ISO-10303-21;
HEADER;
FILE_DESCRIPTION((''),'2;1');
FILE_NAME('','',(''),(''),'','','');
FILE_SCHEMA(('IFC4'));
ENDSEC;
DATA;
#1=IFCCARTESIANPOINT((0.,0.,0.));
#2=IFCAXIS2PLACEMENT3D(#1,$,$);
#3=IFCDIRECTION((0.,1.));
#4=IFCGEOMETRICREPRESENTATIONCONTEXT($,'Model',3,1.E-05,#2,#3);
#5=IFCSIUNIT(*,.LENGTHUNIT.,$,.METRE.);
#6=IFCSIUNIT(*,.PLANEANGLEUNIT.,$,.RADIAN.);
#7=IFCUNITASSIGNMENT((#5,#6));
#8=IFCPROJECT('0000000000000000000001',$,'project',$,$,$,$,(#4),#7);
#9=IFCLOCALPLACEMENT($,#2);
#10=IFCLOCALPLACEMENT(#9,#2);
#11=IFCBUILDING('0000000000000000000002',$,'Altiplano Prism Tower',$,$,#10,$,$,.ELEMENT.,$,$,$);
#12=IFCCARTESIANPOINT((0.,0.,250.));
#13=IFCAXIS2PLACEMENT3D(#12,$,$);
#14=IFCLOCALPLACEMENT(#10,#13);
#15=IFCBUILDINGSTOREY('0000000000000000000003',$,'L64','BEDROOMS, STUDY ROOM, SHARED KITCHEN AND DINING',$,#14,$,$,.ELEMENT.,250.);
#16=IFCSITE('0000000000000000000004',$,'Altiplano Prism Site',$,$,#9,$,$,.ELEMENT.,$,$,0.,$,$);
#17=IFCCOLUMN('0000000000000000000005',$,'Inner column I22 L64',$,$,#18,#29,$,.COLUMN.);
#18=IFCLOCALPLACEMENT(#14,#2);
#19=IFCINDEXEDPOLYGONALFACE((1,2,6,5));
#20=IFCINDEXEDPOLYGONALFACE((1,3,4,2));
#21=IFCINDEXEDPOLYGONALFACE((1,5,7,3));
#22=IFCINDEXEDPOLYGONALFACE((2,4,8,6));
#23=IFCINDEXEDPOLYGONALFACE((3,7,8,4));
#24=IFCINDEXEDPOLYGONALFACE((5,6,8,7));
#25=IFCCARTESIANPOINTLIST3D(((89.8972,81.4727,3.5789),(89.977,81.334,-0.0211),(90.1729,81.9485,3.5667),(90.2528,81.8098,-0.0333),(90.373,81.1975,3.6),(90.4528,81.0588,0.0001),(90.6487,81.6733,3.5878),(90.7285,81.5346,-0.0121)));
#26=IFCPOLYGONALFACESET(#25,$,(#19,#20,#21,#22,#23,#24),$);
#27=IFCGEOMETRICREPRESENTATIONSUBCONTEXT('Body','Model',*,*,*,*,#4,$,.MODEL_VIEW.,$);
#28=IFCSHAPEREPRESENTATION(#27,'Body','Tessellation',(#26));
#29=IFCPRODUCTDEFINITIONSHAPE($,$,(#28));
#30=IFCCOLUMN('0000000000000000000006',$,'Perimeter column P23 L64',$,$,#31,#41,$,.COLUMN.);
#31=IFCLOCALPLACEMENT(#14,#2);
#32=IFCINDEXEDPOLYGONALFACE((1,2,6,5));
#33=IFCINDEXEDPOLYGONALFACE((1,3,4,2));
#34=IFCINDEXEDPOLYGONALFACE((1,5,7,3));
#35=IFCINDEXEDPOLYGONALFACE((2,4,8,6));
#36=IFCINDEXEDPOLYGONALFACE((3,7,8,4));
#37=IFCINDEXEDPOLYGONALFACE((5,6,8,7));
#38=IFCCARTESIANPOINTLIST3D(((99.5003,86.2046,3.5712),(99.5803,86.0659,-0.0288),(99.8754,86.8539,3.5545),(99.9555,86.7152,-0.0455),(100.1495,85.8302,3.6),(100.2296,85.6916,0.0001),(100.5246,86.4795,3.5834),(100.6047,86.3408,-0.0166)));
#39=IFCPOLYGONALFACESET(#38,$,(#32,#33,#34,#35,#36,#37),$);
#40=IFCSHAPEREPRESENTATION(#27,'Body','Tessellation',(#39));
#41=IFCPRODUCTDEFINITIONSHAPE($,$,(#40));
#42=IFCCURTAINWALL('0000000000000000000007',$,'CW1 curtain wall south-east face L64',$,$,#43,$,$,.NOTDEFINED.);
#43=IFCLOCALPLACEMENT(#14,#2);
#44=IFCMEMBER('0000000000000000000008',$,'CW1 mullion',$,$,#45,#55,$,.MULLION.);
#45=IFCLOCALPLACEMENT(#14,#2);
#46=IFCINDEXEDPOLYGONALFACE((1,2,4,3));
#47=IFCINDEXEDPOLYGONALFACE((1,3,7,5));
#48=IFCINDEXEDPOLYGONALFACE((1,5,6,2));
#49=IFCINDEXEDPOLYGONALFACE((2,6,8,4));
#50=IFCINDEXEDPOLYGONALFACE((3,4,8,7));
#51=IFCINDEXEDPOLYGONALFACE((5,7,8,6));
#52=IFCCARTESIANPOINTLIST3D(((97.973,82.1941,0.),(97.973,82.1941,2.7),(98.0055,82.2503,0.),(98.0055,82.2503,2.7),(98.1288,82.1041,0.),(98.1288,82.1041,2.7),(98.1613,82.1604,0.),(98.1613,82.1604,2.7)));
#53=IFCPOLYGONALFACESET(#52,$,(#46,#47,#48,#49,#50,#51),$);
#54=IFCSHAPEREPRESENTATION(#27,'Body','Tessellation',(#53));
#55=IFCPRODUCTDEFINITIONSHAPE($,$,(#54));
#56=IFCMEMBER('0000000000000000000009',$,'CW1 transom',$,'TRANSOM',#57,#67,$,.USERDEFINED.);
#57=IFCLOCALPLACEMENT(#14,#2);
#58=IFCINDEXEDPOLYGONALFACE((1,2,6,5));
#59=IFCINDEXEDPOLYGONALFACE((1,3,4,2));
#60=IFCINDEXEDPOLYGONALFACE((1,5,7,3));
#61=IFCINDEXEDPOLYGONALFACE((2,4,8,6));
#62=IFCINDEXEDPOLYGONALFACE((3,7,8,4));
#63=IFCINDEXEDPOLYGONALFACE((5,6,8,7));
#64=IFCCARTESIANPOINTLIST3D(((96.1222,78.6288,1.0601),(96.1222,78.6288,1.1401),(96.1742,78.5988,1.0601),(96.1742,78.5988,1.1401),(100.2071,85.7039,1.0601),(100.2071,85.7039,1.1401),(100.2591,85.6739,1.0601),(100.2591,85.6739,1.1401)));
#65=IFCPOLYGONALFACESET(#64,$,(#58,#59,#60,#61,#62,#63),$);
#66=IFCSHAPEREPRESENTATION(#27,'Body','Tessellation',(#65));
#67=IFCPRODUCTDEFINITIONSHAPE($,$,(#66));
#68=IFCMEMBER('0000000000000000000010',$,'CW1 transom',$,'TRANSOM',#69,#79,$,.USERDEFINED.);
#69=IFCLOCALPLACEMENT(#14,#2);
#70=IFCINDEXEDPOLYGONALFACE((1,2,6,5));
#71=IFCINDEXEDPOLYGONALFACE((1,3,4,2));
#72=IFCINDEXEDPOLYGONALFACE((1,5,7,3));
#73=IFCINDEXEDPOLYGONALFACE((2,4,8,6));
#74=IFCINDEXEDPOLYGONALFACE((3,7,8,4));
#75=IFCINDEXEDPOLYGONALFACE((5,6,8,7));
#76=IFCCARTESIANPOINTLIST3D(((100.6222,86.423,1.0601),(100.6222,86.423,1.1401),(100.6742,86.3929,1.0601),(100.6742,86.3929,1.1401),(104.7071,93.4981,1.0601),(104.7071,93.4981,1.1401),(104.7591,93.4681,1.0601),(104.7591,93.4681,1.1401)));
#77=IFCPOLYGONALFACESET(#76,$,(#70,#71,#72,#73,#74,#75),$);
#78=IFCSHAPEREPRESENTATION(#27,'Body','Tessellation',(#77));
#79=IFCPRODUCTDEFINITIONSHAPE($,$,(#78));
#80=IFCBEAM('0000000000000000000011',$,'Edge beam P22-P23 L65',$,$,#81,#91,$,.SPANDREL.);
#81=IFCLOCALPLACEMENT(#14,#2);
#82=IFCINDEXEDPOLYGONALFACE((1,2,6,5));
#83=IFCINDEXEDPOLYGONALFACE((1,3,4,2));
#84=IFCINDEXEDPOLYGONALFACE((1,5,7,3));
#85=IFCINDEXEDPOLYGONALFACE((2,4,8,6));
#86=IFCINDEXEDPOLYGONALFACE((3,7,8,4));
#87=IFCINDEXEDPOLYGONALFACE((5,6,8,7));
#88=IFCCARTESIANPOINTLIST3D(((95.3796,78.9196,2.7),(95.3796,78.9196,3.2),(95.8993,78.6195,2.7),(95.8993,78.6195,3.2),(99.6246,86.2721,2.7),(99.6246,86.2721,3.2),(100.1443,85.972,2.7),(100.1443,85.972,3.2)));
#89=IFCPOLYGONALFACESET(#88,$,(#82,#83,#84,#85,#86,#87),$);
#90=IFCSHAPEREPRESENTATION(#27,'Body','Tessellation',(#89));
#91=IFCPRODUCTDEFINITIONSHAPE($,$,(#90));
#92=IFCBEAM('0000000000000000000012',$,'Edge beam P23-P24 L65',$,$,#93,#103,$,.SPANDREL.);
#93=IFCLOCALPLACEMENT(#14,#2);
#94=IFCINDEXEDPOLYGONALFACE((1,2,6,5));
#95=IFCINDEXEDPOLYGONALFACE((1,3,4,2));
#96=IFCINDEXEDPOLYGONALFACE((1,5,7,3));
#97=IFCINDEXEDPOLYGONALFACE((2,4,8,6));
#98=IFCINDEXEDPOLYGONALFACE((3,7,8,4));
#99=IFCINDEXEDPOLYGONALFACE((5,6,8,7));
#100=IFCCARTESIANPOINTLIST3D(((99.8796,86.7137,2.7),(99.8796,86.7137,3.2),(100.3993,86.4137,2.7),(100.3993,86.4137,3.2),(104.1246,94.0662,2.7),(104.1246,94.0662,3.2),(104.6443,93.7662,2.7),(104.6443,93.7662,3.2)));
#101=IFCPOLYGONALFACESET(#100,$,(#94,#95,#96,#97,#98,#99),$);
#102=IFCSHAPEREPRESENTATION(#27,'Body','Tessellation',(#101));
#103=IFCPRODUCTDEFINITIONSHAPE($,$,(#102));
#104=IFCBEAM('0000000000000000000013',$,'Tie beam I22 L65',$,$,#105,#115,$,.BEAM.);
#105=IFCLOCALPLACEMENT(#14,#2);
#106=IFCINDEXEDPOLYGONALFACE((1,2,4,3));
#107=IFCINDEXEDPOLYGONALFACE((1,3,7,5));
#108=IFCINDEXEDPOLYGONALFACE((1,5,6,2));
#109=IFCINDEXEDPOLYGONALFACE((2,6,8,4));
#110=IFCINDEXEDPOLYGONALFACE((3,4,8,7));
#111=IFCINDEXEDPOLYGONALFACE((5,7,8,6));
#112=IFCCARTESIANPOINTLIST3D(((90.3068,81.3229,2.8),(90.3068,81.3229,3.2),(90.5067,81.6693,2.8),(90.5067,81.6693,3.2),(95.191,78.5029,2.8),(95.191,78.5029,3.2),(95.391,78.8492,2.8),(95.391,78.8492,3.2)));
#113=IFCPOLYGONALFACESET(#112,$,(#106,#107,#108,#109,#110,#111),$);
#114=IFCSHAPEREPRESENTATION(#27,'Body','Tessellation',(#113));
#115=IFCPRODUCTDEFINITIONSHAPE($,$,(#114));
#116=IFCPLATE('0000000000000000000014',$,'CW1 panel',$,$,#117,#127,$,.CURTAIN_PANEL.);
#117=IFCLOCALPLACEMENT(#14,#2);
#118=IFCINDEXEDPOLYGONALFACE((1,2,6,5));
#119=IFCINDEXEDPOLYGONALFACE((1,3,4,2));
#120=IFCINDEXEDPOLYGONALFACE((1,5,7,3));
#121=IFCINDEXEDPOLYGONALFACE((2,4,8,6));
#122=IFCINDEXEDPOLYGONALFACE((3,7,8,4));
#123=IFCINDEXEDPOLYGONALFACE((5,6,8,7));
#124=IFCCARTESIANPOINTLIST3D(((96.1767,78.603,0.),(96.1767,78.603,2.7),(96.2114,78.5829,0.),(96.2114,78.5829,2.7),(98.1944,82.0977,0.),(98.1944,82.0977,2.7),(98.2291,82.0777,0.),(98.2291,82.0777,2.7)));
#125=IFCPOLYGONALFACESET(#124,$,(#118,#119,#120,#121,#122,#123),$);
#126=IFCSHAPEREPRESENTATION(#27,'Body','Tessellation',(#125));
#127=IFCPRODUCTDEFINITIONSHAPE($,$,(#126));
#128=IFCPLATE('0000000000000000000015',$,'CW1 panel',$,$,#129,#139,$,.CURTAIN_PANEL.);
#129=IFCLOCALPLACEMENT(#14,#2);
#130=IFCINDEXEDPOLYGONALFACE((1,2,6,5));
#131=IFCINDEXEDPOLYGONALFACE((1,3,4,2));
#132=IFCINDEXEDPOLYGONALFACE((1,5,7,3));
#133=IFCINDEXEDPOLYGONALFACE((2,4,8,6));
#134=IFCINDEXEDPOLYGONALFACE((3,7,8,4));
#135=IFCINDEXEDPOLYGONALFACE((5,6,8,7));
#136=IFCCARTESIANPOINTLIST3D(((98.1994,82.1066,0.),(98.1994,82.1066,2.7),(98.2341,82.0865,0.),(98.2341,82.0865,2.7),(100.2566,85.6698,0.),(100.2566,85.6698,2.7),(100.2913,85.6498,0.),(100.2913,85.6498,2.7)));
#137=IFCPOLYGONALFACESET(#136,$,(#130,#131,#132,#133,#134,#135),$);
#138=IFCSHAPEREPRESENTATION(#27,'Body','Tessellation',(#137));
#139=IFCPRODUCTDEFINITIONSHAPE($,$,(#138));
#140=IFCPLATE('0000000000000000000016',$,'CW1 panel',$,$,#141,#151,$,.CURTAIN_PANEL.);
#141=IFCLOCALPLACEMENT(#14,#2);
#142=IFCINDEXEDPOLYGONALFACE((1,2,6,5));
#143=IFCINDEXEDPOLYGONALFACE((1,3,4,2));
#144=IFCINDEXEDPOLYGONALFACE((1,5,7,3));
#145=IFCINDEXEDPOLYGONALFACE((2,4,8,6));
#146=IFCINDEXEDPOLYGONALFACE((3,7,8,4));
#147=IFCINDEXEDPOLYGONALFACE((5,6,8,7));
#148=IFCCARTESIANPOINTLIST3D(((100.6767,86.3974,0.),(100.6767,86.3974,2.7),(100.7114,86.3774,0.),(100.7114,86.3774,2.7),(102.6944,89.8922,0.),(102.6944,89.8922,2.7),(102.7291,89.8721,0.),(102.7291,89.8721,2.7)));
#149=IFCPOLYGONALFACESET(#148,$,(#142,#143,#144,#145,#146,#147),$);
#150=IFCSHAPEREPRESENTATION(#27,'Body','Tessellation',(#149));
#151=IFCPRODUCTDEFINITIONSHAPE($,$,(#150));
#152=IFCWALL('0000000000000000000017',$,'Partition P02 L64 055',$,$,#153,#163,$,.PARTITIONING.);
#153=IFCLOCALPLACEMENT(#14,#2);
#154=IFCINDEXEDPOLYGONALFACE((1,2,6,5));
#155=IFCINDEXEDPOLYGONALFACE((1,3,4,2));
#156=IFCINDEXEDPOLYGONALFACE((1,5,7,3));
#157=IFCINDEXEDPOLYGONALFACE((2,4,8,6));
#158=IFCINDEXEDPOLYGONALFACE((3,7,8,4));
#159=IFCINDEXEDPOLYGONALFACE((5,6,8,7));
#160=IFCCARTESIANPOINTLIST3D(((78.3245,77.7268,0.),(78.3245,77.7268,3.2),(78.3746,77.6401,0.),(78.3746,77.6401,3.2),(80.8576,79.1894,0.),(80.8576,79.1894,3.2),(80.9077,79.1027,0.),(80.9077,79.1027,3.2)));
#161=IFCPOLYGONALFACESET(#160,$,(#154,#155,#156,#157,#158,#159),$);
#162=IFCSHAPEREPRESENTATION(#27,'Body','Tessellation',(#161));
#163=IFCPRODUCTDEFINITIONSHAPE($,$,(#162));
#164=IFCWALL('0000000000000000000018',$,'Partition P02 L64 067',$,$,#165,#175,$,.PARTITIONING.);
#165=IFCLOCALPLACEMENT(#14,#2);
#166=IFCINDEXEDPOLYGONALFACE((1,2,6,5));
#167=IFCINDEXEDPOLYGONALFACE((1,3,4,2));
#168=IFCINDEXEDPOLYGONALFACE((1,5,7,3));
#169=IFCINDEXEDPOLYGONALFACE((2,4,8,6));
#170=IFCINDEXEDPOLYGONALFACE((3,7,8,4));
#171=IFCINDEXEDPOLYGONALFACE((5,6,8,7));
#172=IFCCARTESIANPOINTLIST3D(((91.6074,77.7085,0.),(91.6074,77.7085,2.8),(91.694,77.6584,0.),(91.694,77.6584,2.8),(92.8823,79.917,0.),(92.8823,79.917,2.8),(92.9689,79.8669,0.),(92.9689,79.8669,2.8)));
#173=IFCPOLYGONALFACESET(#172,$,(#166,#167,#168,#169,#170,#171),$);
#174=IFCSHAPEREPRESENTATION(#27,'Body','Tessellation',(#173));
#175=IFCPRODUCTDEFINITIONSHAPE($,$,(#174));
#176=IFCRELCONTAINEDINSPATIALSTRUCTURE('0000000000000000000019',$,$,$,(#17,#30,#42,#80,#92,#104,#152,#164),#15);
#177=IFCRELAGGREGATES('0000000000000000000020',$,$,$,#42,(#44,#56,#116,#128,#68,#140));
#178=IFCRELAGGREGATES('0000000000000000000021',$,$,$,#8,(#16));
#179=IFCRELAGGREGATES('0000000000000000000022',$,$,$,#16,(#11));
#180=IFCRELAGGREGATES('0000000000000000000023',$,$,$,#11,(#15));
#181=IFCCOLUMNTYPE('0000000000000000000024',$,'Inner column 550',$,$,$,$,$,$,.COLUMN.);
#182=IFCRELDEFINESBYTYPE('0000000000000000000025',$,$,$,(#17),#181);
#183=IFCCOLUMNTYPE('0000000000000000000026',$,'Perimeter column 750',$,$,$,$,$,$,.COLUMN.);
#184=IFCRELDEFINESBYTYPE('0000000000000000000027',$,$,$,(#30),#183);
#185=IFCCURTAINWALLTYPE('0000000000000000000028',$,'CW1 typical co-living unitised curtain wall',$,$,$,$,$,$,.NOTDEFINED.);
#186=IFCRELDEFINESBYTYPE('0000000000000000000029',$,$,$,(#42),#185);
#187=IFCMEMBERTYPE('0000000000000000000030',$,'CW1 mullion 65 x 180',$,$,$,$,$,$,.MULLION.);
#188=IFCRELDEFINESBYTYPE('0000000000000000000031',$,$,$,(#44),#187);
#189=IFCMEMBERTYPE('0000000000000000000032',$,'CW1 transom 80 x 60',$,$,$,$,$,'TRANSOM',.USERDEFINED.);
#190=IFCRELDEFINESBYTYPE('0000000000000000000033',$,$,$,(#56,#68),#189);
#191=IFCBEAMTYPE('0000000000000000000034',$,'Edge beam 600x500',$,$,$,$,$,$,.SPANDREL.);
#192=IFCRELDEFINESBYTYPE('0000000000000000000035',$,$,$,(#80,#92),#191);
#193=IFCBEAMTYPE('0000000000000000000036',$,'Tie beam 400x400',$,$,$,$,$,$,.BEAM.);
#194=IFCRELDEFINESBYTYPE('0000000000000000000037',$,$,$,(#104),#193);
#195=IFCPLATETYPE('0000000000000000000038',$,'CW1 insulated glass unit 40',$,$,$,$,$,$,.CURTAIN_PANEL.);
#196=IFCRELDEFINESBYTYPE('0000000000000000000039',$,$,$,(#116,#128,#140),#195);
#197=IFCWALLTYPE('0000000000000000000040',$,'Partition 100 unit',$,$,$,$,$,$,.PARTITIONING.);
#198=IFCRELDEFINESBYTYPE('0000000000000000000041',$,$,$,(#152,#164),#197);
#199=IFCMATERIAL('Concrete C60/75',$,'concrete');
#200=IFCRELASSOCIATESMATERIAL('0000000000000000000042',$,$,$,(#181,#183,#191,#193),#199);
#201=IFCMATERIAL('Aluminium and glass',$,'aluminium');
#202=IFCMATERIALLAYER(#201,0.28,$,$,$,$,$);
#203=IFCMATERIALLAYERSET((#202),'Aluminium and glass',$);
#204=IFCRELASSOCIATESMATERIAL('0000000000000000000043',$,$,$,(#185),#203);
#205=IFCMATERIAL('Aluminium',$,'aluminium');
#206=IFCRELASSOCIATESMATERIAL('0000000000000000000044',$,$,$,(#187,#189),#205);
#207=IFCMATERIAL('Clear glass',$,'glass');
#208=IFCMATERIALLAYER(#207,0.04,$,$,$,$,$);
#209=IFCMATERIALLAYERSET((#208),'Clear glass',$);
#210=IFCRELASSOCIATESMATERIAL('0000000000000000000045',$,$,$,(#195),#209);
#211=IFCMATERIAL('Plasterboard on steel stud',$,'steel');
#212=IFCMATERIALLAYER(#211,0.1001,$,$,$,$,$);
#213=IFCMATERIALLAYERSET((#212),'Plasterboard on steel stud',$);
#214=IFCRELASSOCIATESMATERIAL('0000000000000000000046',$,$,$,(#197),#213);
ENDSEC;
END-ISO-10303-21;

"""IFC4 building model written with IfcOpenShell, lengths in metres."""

from ifc_helpers import new_model, si_unit, direction, frame, frame_2d, origin, origin_2d, place, context, subcontext, project, spatial, rectangle, extrude, material, layer, layer_set, material_profile, profile_set, type_object, element, aggregate, save


model = new_model("IFC4")

# Units and contexts
model_context = context("Model", 3, precision=1e-05, world=origin(), true_north=direction((0.0, 1.0)))
body_context = subcontext(model_context, "Body", "Model", "MODEL_VIEW")
ifc_project = project(units=[si_unit("LENGTHUNIT", "METRE"), si_unit("PLANEANGLEUNIT", "RADIAN")], contexts=[model_context])

# Site, building, storey
site_placement = place(None, origin())
site = spatial("IfcSite", under=ifc_project, at=site_placement, Name="Altiplano Prism Site", CompositionType="ELEMENT", RefElevation=0.0)
building_placement = place(site_placement, origin())
building = spatial("IfcBuilding", under=site, at=building_placement, Name="Altiplano Prism Tower", CompositionType="ELEMENT")
storey_placement = place(building_placement, frame((0.0, 0.0, 250.0)))
storey = spatial("IfcBuildingStorey", under=building, at=storey_placement, Name="L64", Description="BEDROOMS, STUDY ROOM, SHARED KITCHEN AND DINING", CompositionType="ELEMENT", Elevation=250.0)

# Columns
ifc_material_1 = material(Name="Concrete C60/75", Category="concrete")
ifc_material_profile_1 = material_profile(ifc_material_1, rectangle(XDim=0.55, YDim=0.55, at=origin_2d()), Name="Inner column 550")
ifc_profile_set_1 = profile_set([ifc_material_profile_1], Name="Concrete C60/75")
column_type_1 = type_object("IfcColumnType", Name="Inner column 550", PredefinedType="COLUMN", material=ifc_profile_set_1)
column_1_placement = place(storey_placement, frame((90.3528, 81.4343, -0.0166), z_axis=(-0.022155, 0.038484, 0.999014), x_axis=(-0.501313, -0.864981, 0.022203)))
element("IfcColumn", 1, at=column_1_placement, inside=storey, type_object=column_type_1, Name="Inner column I22 L64", PredefinedType="COLUMN", context=body_context, shape_type="SweptSolid", body=[
    extrude(rectangle(XDim=0.55, YDim=0.55, at=origin_2d()), origin(), (0.0, 0.0, 1.0), 3.6035),
])
ifc_material_profile_2 = material_profile(ifc_material_1, rectangle(XDim=0.75, YDim=0.75, at=origin_2d()), Name="Perimeter column 750")
ifc_profile_set_2 = profile_set([ifc_material_profile_2], Name="Concrete C60/75")
column_type_2 = type_object("IfcColumnType", Name="Perimeter column 750", PredefinedType="COLUMN", material=ifc_profile_set_2)
column_2_placement = place(storey_placement, frame((100.0925, 86.2034, -0.0227), z_axis=(-0.022223, 0.038483, 0.999012), x_axis=(-0.50017, -0.865642, 0.02222)))
element("IfcColumn", 2, at=column_2_placement, inside=storey, type_object=column_type_2, Name="Perimeter column P23 L64", PredefinedType="COLUMN", context=body_context, shape_type="SweptSolid", body=[
    extrude(rectangle(XDim=0.75, YDim=0.75, at=origin_2d()), origin(), (0.0, 0.0, 1.0), 3.6035),
])

# Curtain wall, members
ifc_material_2 = material(Name="Aluminium and glass", Category="aluminium")
ifc_layer_1 = layer(ifc_material_2, 0.28)
ifc_layer_set_1 = layer_set([ifc_layer_1], Name="Aluminium and glass")
curtain_wall_type = type_object("IfcCurtainWallType", Name="CW1 typical co-living unitised curtain wall", PredefinedType="NOTDEFINED", material=ifc_layer_set_1)
curtain_wall_placement = place(storey_placement, origin())
curtain_wall = element("IfcCurtainWall", 3, at=curtain_wall_placement, inside=storey, type_object=curtain_wall_type, Name="CW1 curtain wall south-east face L64", PredefinedType="NOTDEFINED")
ifc_material_3 = material(Name="Aluminium", Category="aluminium")
ifc_material_profile_3 = material_profile(ifc_material_3, rectangle(XDim=0.1799, YDim=0.0649, at=origin_2d()), Name="CW1 mullion 65 x 180")
ifc_profile_set_3 = profile_set([ifc_material_profile_3], Name="Aluminium")
member_type_1 = type_object("IfcMemberType", Name="CW1 mullion 65 x 180", PredefinedType="MULLION", material=ifc_profile_set_3)
member_1_placement = place(storey_placement, frame((98.0671, 82.1772, 0.0), z_axis=(0.0, 0.0, 1.0), x_axis=(-0.866025, 0.5, 0.0)))
member_1 = element("IfcMember", 4, at=member_1_placement, type_object=member_type_1, Name="CW1 mullion", PredefinedType="MULLION", context=body_context, shape_type="SweptSolid", body=[
    extrude(rectangle(XDim=0.1799, YDim=0.0649, at=origin_2d()), origin(), (0.0, 0.0, 1.0), 2.7),
])
ifc_material_profile_4 = material_profile(ifc_material_3, rectangle(XDim=0.0601, YDim=0.0801, at=origin_2d()), Name="CW1 transom 80 x 60")
ifc_profile_set_4 = profile_set([ifc_material_profile_4], Name="Aluminium")
member_type_2 = type_object("IfcMemberType", Name="CW1 transom 80 x 60", ElementType="TRANSOM", PredefinedType="USERDEFINED", material=ifc_profile_set_4)
member_2_placement = place(storey_placement, frame((96.1482, 78.6138, 1.1001), z_axis=(0.500009, 0.86602, 0.0), x_axis=(-0.86602, 0.500009, 0.0)))
member_2 = element("IfcMember", 5, at=member_2_placement, type_object=member_type_2, Name="CW1 transom", ObjectType="TRANSOM", PredefinedType="USERDEFINED", context=body_context, shape_type="SweptSolid", body=[
    extrude(rectangle(XDim=0.0601, YDim=0.0801, at=origin_2d()), origin(), (0.0, 0.0, 1.0), 8.1697),
])
member_3_placement = place(storey_placement, frame((100.6482, 86.408, 1.1001), z_axis=(0.500009, 0.86602, 0.0), x_axis=(-0.86602, 0.500009, 0.0)))
member_3 = element("IfcMember", 6, at=member_3_placement, type_object=member_type_2, Name="CW1 transom", ObjectType="TRANSOM", PredefinedType="USERDEFINED", context=body_context, shape_type="SweptSolid", body=[
    extrude(rectangle(XDim=0.0601, YDim=0.0801, at=origin_2d()), origin(), (0.0, 0.0, 1.0), 8.1697),
])

# Beams
ifc_material_profile_5 = material_profile(ifc_material_1, rectangle(XDim=0.6001, YDim=0.5, at=origin_2d()), Name="Edge beam 600x500")
ifc_profile_set_5 = profile_set([ifc_material_profile_5], Name="Concrete C60/75")
beam_type_1 = type_object("IfcBeamType", Name="Edge beam 600x500", PredefinedType="SPANDREL", material=ifc_profile_set_5)
for number, where, z_axis, x_axis, name in (
    (7, (95.6394, 78.7695, 2.95), (0.500011, 0.866019, 0.0), (-0.866019, 0.500011, 0.0), "Edge beam P22-P23 L65"),
    (8, (100.1394, 86.5637, 2.95), (0.500011, 0.866019, 0.0), (-0.866019, 0.500011, 0.0), "Edge beam P23-P24 L65"),
):
    element("IfcBeam", number, at=place(storey_placement, frame(where, z_axis=z_axis, x_axis=x_axis)), inside=storey, type_object=beam_type_1, Name=name, PredefinedType="SPANDREL", context=body_context, shape_type="SweptSolid", body=[
        extrude(rectangle(XDim=0.6001, YDim=0.5, at=origin_2d()), origin(), (0.0, 0.0, 1.0), 8.49),
    ])
ifc_material_profile_6 = material_profile(ifc_material_1, rectangle(XDim=0.3999, YDim=0.3999, at=origin_2d()), Name="Tie beam 400x400")
ifc_profile_set_6 = profile_set([ifc_material_profile_6], Name="Concrete C60/75")
beam_type_2 = type_object("IfcBeamType", Name="Tie beam 400x400", PredefinedType="BEAM", material=ifc_profile_set_6)
beam_placement = place(storey_placement, frame((90.4067, 81.4961, 3.0), z_axis=(0.866015, -0.500017, 0.0), x_axis=(0.500017, 0.866015, 0.0)))
element("IfcBeam", 9, at=beam_placement, inside=storey, type_object=beam_type_2, Name="Tie beam I22 L65", PredefinedType="BEAM", context=body_context, shape_type="SweptSolid", body=[
    extrude(rectangle(XDim=0.3999, YDim=0.3999, at=origin_2d()), origin(), (0.0, 0.0, 1.0), 5.6399),
])

# Plates
ifc_material_4 = material(Name="Clear glass", Category="glass")
ifc_layer_2 = layer(ifc_material_4, 0.04)
ifc_layer_set_2 = layer_set([ifc_layer_2], Name="Clear glass")
plate_type = type_object("IfcPlateType", Name="CW1 insulated glass unit 40", PredefinedType="CURTAIN_PANEL", material=ifc_layer_set_2)
plate_1_placement = place(storey_placement, frame((97.2029, 80.3403, 0.0), z_axis=(0.0, 0.0, 1.0), x_axis=(0.5, 0.866025, 0.0)))
plate_1 = element("IfcPlate", 10, at=plate_1_placement, type_object=plate_type, Name="CW1 panel", PredefinedType="CURTAIN_PANEL", context=body_context, shape_type="SweptSolid", body=[
    extrude(rectangle(XDim=4.0354, YDim=0.04, at=origin_2d()), origin(), (0.0, 0.0, 1.0), 2.7),
])
plate_2_placement = place(storey_placement, frame((99.2454, 83.8782, 0.0), z_axis=(0.0, 0.0, 1.0), x_axis=(0.5, 0.866025, 0.0)))
plate_2 = element("IfcPlate", 11, at=plate_2_placement, type_object=plate_type, Name="CW1 panel", PredefinedType="CURTAIN_PANEL", context=body_context, shape_type="SweptSolid", body=[
    extrude(rectangle(XDim=4.1145, YDim=0.04, at=origin_2d()), origin(), (0.0, 0.0, 1.0), 2.7),
])
plate_3_placement = place(storey_placement, frame((101.7029, 88.1348, 0.0), z_axis=(0.0, 0.0, 1.0), x_axis=(0.5, 0.866025, 0.0)))
plate_3 = element("IfcPlate", 12, at=plate_3_placement, type_object=plate_type, Name="CW1 panel", PredefinedType="CURTAIN_PANEL", context=body_context, shape_type="SweptSolid", body=[
    extrude(rectangle(XDim=4.0354, YDim=0.04, at=origin_2d()), origin(), (0.0, 0.0, 1.0), 2.7),
])
aggregate(curtain_wall, [member_1, member_2, plate_1, plate_2, member_3, plate_3])

# Walls
ifc_material_5 = material(Name="Plasterboard on steel stud", Category="steel")
ifc_layer_3 = layer(ifc_material_5, 0.1001)
ifc_layer_set_3 = layer_set([ifc_layer_3], Name="Plasterboard on steel stud")
wall_type_1 = type_object("IfcWallType", Name="Partition 100 unit", PredefinedType="PARTITIONING", material=ifc_layer_set_3)
wall_1_placement = place(storey_placement, frame((80.8826, 79.146, 0.0), z_axis=(0.0, 0.0, 1.0), x_axis=(-0.86601, -0.500026, 0.0)))
element("IfcWall", 13, at=wall_1_placement, inside=storey, type_object=wall_type_1, Name="Partition P02 L64 055", PredefinedType="PARTITIONING", context=body_context, shape_type="SweptSolid", body=[
    extrude(rectangle(XDim=2.925, YDim=0.1001, at=frame_2d((1.4624, 0.0))), origin(), (0.0, 0.0, 1.0), 3.2),
])
wall_2_placement = place(storey_placement, frame((92.9255, 79.8918, 0.0), z_axis=(0.0, 0.0, 1.0), x_axis=(-0.499949, -0.866055, 0.0)))
element("IfcWall", 14, at=wall_2_placement, inside=storey, type_object=wall_type_1, Name="Partition P02 L64 067", PredefinedType="PARTITIONING", context=body_context, shape_type="SweptSolid", body=[
    extrude(rectangle(XDim=2.55, YDim=0.1001, at=frame_2d((1.2749, 0.0))), origin(), (0.0, 0.0, 1.0), 2.8),
])

save(model, "model.ifc")
